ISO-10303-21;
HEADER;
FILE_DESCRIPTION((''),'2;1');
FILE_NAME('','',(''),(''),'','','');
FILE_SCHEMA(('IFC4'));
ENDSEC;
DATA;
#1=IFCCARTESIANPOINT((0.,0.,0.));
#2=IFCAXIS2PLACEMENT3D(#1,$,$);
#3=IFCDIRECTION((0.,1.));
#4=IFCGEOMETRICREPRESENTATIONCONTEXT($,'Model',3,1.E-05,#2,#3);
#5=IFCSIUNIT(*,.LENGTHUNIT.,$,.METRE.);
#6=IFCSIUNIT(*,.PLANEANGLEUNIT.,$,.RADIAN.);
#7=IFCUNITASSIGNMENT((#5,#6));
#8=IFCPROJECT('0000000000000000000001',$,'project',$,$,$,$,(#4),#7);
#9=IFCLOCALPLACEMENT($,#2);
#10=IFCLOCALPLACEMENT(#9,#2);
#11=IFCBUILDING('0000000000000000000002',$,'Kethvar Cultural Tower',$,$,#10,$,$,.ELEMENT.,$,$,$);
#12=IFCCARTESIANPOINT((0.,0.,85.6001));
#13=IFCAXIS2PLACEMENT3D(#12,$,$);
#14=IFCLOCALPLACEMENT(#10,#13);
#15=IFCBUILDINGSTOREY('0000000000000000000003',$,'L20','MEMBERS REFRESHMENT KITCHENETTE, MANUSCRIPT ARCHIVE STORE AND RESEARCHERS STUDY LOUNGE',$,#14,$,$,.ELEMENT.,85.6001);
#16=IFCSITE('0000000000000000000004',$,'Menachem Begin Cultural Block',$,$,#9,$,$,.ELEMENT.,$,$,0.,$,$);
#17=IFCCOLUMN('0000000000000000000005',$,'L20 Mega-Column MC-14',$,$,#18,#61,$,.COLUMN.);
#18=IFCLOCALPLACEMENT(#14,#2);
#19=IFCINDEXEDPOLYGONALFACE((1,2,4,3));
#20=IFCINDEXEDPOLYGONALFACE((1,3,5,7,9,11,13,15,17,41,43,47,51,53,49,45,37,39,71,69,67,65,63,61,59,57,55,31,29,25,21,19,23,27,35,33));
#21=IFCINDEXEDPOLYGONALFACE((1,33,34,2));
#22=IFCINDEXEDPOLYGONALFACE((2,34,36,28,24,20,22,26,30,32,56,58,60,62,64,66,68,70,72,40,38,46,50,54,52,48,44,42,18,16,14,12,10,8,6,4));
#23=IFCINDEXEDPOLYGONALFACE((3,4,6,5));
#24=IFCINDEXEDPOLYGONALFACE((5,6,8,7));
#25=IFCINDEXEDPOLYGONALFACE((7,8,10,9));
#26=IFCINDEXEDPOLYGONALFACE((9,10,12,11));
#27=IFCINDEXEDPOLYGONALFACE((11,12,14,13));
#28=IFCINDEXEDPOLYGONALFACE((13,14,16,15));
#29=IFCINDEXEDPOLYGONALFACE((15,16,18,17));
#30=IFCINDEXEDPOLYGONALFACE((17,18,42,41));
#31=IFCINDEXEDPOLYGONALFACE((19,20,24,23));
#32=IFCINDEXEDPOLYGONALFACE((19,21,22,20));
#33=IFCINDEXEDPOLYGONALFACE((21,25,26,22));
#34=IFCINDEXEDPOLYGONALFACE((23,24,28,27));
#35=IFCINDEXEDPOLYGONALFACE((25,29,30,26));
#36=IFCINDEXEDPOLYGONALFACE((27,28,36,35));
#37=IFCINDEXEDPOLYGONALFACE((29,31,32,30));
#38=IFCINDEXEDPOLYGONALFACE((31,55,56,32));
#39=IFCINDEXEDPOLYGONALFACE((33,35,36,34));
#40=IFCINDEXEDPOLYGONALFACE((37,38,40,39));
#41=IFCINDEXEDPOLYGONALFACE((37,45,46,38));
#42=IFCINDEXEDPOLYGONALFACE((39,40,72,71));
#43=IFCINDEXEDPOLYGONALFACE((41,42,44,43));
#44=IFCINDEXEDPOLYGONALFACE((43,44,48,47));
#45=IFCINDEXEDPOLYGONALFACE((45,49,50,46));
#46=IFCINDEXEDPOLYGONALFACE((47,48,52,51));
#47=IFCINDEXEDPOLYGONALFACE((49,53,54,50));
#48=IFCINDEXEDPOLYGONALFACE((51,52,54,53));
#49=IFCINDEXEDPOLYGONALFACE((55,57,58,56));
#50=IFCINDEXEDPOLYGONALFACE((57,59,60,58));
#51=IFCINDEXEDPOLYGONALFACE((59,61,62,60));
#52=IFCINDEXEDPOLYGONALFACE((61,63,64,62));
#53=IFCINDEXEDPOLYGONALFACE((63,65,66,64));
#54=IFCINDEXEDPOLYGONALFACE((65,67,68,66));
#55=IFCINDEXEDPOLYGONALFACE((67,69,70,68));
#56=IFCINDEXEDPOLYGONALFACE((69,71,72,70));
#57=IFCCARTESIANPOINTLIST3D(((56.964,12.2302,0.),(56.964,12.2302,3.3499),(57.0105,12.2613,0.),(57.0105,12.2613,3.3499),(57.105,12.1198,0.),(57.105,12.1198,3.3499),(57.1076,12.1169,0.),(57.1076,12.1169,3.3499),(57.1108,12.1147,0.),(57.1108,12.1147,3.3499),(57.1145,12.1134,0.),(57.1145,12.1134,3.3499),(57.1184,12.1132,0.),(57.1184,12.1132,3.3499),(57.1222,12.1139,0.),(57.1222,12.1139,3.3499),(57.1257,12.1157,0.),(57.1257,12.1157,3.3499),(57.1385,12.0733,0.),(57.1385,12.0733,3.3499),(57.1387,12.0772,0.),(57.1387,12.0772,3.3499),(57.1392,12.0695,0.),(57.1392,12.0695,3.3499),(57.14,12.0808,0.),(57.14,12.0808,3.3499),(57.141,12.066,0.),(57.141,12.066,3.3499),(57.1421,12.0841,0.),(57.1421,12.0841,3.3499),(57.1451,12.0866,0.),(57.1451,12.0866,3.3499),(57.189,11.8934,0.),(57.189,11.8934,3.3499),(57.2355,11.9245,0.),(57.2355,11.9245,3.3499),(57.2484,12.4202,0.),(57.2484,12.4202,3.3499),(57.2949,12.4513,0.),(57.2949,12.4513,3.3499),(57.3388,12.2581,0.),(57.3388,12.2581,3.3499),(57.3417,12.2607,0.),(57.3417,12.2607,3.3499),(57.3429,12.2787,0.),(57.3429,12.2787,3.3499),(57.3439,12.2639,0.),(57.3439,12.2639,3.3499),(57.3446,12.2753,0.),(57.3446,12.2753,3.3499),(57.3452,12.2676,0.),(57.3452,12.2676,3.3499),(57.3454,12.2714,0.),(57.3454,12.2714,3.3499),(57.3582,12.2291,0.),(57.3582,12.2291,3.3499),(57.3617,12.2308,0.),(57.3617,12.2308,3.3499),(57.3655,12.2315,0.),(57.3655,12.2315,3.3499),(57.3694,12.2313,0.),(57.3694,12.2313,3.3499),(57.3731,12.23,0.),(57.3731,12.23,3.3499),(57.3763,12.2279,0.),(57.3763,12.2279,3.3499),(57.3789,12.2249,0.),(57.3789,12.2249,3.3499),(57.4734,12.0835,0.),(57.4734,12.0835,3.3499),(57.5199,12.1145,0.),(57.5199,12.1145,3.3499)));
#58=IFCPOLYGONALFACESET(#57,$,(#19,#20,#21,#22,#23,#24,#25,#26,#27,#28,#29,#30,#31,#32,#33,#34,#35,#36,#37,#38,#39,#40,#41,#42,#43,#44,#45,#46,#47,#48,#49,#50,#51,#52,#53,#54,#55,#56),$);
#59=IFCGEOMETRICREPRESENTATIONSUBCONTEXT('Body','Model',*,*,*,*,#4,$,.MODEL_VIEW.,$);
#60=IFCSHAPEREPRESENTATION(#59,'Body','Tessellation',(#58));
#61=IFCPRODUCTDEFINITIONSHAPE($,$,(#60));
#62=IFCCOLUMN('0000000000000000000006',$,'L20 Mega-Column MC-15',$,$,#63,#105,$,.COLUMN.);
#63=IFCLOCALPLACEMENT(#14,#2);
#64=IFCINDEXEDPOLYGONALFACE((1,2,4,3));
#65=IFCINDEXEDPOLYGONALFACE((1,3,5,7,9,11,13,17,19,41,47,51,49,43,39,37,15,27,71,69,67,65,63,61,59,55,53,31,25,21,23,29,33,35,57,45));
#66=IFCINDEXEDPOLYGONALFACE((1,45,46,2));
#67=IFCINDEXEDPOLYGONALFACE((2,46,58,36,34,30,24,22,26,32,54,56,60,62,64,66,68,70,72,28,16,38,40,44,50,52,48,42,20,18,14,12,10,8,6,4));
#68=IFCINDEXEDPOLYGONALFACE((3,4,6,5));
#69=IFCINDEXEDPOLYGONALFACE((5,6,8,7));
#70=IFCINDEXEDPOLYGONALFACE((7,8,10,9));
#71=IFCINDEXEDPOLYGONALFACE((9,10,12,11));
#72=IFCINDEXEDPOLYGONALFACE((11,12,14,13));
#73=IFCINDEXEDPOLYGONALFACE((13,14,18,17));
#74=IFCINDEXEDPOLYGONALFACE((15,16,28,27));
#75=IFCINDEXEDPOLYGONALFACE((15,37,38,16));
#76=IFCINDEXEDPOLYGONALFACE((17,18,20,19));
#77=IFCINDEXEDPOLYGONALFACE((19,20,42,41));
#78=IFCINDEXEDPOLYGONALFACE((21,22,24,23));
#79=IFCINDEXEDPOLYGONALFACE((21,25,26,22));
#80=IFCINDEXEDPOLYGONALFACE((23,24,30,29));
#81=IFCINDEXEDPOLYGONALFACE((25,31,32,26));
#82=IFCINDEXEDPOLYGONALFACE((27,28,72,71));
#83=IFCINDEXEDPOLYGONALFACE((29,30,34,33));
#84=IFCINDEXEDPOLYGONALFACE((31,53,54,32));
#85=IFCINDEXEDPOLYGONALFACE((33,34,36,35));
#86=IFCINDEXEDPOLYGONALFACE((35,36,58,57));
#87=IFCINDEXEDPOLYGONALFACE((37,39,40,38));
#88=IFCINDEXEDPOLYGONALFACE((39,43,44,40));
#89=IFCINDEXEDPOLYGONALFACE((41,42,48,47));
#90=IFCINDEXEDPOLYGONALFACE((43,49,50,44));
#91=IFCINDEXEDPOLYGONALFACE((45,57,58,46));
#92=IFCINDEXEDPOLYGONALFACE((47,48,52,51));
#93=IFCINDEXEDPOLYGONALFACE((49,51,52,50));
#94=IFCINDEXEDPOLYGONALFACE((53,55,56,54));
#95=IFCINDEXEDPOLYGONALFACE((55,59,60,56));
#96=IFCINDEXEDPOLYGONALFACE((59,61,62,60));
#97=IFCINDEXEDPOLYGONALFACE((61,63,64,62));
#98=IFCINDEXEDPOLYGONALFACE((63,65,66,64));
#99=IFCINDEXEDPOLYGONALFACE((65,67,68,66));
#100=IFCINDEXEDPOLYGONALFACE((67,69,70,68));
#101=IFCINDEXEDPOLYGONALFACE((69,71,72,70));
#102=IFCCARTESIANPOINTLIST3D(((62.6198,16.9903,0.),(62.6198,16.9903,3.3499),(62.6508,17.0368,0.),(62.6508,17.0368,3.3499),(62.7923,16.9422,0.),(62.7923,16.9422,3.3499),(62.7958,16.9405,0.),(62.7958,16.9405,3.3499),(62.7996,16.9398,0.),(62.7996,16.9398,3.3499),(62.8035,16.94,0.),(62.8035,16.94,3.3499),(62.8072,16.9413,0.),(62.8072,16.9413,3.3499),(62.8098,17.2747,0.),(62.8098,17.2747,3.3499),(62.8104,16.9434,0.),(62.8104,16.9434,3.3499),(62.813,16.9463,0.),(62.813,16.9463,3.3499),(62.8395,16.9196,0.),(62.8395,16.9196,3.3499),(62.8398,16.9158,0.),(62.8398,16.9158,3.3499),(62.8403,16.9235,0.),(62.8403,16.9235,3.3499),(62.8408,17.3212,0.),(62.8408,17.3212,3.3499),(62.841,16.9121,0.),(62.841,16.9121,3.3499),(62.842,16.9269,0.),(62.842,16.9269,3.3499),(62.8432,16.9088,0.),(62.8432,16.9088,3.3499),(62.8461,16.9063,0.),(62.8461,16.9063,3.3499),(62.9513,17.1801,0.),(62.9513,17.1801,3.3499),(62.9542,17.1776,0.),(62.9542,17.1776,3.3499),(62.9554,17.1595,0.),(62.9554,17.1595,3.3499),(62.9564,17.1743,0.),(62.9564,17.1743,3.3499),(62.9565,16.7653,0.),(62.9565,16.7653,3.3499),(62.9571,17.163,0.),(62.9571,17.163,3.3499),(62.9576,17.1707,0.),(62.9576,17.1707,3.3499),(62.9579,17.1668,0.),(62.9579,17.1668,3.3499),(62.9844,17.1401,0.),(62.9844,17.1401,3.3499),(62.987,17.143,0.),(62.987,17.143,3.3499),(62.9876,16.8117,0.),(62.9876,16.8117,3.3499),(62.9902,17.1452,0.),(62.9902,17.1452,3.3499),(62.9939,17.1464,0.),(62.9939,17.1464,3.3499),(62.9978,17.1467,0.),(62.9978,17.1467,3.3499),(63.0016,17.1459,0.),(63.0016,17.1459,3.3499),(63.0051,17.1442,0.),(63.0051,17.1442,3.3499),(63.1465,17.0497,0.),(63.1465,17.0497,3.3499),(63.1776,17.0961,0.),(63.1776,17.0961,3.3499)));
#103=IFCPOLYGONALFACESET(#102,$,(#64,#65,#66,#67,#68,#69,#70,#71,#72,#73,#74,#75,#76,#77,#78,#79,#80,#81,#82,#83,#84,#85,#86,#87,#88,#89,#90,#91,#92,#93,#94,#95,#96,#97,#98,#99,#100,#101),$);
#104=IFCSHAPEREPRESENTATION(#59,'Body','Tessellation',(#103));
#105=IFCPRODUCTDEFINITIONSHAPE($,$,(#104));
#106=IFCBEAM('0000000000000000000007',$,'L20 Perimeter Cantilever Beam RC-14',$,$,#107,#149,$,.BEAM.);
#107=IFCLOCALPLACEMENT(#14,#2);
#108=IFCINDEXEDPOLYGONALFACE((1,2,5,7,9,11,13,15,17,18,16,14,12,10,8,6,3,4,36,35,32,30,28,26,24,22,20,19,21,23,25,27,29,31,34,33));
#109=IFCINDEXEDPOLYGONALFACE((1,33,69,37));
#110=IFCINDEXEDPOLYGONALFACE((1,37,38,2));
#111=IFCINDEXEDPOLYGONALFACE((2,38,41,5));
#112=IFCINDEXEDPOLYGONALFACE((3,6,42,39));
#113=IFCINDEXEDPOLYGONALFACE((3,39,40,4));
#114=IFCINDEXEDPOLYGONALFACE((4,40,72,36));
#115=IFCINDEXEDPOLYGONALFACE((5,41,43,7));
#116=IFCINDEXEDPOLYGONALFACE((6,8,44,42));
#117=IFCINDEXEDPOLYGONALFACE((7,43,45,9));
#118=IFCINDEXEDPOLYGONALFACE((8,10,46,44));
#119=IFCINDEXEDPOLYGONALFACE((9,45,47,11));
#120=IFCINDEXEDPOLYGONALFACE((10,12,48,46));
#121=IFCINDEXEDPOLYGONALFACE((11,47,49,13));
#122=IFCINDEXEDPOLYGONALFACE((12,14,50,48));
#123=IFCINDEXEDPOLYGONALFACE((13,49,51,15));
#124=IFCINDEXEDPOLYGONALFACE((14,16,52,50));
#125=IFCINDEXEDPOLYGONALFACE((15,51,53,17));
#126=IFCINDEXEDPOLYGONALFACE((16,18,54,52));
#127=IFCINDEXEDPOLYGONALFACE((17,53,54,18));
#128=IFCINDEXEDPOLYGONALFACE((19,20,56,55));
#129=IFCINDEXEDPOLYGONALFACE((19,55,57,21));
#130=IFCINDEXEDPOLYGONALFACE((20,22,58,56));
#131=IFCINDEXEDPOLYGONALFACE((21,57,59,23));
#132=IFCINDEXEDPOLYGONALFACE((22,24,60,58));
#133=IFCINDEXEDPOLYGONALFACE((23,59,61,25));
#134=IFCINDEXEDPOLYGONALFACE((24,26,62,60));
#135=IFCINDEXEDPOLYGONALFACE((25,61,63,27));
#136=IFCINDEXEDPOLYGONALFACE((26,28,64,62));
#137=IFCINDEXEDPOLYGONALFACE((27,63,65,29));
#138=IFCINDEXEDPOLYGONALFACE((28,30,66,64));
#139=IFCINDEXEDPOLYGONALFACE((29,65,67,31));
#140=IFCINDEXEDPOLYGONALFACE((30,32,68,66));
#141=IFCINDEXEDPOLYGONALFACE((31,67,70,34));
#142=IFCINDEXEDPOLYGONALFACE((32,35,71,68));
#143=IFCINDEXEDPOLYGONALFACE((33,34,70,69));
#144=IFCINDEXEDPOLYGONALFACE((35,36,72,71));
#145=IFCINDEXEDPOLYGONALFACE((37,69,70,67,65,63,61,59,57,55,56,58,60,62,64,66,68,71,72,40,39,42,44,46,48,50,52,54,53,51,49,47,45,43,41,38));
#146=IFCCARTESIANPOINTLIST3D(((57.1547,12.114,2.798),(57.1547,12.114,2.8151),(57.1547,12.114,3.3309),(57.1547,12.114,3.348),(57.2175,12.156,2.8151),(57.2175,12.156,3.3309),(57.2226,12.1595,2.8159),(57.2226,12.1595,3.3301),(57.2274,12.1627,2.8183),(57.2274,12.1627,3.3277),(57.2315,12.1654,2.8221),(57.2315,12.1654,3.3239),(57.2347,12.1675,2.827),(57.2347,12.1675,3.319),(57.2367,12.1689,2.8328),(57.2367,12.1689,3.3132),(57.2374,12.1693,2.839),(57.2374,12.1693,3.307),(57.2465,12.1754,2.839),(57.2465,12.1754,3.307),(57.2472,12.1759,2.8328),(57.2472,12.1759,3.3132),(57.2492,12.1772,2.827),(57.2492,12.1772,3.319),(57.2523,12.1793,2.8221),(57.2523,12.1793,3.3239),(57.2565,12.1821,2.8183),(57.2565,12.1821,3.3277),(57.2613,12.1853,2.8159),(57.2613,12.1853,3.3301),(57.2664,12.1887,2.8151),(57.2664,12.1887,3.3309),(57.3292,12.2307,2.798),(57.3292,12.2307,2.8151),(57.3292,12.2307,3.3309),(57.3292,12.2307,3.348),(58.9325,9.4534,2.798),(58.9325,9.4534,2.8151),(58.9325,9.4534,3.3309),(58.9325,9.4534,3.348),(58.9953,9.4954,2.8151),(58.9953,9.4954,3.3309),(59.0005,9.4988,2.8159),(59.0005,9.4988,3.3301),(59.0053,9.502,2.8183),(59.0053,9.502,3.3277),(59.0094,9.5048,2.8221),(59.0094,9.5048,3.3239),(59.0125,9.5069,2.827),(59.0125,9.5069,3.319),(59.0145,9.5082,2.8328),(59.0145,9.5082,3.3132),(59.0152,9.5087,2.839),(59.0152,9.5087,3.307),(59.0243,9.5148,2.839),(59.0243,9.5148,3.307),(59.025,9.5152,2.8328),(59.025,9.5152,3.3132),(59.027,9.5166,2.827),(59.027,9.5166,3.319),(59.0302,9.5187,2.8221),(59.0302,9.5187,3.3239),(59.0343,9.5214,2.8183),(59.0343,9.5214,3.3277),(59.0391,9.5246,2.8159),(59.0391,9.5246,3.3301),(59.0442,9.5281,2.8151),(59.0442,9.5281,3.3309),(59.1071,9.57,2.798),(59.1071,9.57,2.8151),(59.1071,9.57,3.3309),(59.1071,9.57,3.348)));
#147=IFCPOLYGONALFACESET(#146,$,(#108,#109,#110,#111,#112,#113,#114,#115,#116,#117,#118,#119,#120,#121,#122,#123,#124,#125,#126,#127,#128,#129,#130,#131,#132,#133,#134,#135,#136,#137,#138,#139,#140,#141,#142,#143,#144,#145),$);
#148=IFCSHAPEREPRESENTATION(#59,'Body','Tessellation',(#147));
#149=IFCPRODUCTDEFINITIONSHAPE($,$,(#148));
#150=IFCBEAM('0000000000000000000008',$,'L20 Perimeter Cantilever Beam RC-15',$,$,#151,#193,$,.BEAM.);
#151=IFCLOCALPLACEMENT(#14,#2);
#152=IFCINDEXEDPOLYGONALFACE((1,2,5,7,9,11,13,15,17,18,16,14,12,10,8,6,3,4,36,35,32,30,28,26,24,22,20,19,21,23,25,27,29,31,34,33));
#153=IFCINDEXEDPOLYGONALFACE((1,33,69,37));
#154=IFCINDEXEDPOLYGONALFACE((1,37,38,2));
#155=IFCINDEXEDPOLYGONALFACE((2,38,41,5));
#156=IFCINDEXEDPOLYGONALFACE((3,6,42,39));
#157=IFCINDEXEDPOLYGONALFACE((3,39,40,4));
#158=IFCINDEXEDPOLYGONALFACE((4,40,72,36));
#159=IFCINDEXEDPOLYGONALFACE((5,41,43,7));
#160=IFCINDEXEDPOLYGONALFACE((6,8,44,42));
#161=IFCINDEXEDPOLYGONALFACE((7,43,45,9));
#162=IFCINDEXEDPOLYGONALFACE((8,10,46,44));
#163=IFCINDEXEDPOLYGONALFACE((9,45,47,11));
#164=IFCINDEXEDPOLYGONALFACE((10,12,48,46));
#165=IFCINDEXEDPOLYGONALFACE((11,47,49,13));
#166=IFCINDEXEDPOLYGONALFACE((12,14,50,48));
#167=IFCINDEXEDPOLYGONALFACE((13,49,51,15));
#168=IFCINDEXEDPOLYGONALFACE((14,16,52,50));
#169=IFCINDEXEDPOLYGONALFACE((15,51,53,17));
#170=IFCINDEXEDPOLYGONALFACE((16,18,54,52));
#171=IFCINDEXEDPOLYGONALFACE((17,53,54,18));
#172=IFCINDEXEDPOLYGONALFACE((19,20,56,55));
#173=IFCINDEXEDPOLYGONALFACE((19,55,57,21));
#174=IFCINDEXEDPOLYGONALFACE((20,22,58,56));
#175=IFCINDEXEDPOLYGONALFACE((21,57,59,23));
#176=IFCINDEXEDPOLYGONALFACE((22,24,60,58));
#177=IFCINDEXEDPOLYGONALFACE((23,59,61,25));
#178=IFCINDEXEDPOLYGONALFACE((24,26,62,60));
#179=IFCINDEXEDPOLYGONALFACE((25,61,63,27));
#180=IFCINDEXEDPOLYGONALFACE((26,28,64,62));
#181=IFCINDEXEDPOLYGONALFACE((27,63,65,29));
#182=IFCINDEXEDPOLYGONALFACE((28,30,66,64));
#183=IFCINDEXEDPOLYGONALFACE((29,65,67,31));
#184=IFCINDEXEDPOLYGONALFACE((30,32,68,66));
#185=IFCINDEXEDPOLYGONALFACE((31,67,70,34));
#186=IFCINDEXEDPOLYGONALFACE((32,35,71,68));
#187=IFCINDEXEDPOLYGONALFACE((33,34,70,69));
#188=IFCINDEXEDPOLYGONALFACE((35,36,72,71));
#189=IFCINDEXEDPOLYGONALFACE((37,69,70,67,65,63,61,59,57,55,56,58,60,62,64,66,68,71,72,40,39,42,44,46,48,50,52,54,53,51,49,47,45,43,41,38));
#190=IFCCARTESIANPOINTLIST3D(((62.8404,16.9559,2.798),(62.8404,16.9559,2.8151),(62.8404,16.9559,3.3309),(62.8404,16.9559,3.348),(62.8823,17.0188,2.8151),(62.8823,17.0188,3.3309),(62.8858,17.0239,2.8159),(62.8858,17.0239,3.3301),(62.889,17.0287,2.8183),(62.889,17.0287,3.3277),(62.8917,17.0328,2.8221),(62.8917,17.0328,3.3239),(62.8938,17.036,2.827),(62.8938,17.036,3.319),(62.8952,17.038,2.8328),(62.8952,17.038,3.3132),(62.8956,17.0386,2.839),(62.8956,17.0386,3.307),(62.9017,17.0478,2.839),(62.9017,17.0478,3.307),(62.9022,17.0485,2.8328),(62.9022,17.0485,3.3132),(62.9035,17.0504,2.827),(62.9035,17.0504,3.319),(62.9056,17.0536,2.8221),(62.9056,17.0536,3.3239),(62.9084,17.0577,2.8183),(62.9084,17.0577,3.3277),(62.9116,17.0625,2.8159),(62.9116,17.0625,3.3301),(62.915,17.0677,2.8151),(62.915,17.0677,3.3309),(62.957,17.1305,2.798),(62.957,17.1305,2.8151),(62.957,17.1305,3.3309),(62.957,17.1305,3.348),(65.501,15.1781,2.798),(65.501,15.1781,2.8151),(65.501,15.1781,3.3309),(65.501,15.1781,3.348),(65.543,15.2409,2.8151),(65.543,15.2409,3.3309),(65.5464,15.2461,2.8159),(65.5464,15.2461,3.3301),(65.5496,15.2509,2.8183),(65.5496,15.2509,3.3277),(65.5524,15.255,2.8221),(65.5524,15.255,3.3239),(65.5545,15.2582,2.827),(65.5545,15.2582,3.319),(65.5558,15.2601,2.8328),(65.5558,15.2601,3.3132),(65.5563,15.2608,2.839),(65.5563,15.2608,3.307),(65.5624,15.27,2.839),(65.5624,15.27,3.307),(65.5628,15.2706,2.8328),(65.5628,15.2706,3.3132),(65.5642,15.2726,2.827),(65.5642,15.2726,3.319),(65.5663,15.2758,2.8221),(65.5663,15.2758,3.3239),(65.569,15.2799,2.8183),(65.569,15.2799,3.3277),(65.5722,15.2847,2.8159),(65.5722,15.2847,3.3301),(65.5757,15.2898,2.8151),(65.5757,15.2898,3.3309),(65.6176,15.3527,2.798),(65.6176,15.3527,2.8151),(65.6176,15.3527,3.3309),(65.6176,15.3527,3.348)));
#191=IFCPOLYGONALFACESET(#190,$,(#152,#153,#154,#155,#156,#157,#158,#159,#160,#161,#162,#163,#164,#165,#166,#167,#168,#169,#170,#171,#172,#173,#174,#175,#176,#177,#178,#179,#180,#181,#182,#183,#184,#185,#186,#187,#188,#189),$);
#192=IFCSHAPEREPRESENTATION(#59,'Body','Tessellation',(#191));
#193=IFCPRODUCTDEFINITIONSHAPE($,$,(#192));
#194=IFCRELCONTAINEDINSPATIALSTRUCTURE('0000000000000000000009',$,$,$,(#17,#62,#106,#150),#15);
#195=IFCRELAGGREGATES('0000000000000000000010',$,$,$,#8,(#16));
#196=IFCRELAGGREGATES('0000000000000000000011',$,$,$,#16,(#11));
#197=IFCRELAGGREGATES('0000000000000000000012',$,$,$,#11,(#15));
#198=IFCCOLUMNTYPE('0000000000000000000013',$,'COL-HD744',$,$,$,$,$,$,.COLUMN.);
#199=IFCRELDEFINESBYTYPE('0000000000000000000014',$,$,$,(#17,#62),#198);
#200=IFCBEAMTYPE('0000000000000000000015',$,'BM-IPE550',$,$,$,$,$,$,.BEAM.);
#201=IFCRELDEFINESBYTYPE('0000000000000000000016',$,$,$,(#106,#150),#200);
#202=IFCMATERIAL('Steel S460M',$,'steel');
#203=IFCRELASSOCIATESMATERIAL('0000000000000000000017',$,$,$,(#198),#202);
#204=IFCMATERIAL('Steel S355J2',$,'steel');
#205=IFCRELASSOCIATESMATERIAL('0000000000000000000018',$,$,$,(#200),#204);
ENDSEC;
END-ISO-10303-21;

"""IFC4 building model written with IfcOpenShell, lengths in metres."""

from ifc_helpers import new_model, si_unit, direction, frame, origin, origin_2d, place, context, subcontext, project, spatial, i_section, extrude, source, transform, mapped, material, material_profile, profile_set, type_object, element, save


model = new_model("IFC4")

# Units and contexts
model_context = context("Model", 3, precision=1e-05, world=origin(), true_north=direction((0.0, 1.0)))
body_context = subcontext(model_context, "Body", "Model", "MODEL_VIEW")
ifc_project = project(units=[si_unit("LENGTHUNIT", "METRE"), si_unit("PLANEANGLEUNIT", "RADIAN")], contexts=[model_context])

# Site, building, storey
site_placement = place(None, origin())
site = spatial("IfcSite", under=ifc_project, at=site_placement, Name="Menachem Begin Cultural Block", CompositionType="ELEMENT", RefElevation=0.0)
building_placement = place(site_placement, origin())
building = spatial("IfcBuilding", under=site, at=building_placement, Name="Kethvar Cultural Tower", CompositionType="ELEMENT")
storey_placement = place(building_placement, frame((0.0, 0.0, 85.6001)))
storey = spatial("IfcBuildingStorey", under=building, at=storey_placement, Name="L20", Description="MEMBERS REFRESHMENT KITCHENETTE, MANUSCRIPT ARCHIVE STORE AND RESEARCHERS STUDY LOUNGE", CompositionType="ELEMENT", Elevation=85.6001)

# Columns
ifc_material_1 = material(Name="Steel S460M", Category="steel")
ifc_material_profile_1 = material_profile(ifc_material_1, i_section(OverallWidth=0.405, OverallDepth=0.3979, WebThickness=0.0349, FlangeThickness=0.0559, FilletRadius=0.0149, at=origin_2d()), Name="Steel S460M — HD400x744")
ifc_profile_set_1 = profile_set([ifc_material_profile_1], Name="Steel S460M — HD400x744")
column_type = type_object("IfcColumnType", Name="COL-HD744", PredefinedType="COLUMN", material=ifc_profile_set_1)
shared_shape_1 = source(origin(), body_context, "Body", "SweptSolid", [
    extrude(i_section(OverallWidth=0.405, OverallDepth=0.3979, WebThickness=0.0349, FlangeThickness=0.0559, FilletRadius=0.0149, at=origin_2d()), origin(), (0.0, 0.0, 1.0), 3.3499),
])
for number, where, z_axis, x_axis, name in (
    (1, (57.2419, 12.1724, 0.0), (0.0, 0.0, 1.0), (0.55557, -0.83147, 0.0), "L20 Mega-Column MC-14"),
    (2, (62.8987, 17.0432, 0.0), (0.0, 0.0, 1.0), (0.83147, -0.55557, 0.0), "L20 Mega-Column MC-15"),
):
    element("IfcColumn", number, at=place(storey_placement, frame(where, z_axis=z_axis, x_axis=x_axis)), inside=storey, type_object=column_type, Name=name, PredefinedType="COLUMN", context=body_context, shape_type="MappedRepresentation", body=[
        mapped(shared_shape_1, transform((0.0, 0.0, 0.0), scale=1.0)),
    ])

# Beams
ifc_material_2 = material(Name="Steel S355J2", Category="steel")
ifc_material_profile_2 = material_profile(ifc_material_2, i_section(OverallWidth=0.21, OverallDepth=0.55, WebThickness=0.011, FlangeThickness=0.0171, FilletRadius=0.0239, at=origin_2d()), Name="Steel S355J2 — IPE550")
ifc_profile_set_2 = profile_set([ifc_material_profile_2], Name="Steel S355J2 — IPE550")
beam_type_1 = type_object("IfcBeamType", Name="BM-IPE550", PredefinedType="BEAM", material=ifc_profile_set_2)
shared_shape_2 = source(origin(), body_context, "Body", "SweptSolid", [
    extrude(i_section(OverallWidth=0.21, OverallDepth=0.55, WebThickness=0.011, FlangeThickness=0.0171, FilletRadius=0.0239, at=origin_2d()), origin(), (0.0, 0.0, 1.0), 3.2),
])
for number, where, z_axis, x_axis, name in (
    (3, (57.2419, 12.1724, 3.073), (0.55558, -0.831463, 0.0), (0.831463, 0.55558, 0.0), "L20 Perimeter Cantilever Beam RC-14"),
    (4, (62.8987, 17.0432, 3.073), (0.831463, -0.55558, 0.0), (0.55558, 0.831463, 0.0), "L20 Perimeter Cantilever Beam RC-15"),
):
    element("IfcBeam", number, at=place(storey_placement, frame(where, z_axis=z_axis, x_axis=x_axis)), inside=storey, type_object=beam_type_1, Name=name, PredefinedType="BEAM", context=body_context, shape_type="MappedRepresentation", body=[
        mapped(shared_shape_2, transform((0.0, 0.0, 0.0), scale=1.0)),
    ])

save(model, "model.ifc")
